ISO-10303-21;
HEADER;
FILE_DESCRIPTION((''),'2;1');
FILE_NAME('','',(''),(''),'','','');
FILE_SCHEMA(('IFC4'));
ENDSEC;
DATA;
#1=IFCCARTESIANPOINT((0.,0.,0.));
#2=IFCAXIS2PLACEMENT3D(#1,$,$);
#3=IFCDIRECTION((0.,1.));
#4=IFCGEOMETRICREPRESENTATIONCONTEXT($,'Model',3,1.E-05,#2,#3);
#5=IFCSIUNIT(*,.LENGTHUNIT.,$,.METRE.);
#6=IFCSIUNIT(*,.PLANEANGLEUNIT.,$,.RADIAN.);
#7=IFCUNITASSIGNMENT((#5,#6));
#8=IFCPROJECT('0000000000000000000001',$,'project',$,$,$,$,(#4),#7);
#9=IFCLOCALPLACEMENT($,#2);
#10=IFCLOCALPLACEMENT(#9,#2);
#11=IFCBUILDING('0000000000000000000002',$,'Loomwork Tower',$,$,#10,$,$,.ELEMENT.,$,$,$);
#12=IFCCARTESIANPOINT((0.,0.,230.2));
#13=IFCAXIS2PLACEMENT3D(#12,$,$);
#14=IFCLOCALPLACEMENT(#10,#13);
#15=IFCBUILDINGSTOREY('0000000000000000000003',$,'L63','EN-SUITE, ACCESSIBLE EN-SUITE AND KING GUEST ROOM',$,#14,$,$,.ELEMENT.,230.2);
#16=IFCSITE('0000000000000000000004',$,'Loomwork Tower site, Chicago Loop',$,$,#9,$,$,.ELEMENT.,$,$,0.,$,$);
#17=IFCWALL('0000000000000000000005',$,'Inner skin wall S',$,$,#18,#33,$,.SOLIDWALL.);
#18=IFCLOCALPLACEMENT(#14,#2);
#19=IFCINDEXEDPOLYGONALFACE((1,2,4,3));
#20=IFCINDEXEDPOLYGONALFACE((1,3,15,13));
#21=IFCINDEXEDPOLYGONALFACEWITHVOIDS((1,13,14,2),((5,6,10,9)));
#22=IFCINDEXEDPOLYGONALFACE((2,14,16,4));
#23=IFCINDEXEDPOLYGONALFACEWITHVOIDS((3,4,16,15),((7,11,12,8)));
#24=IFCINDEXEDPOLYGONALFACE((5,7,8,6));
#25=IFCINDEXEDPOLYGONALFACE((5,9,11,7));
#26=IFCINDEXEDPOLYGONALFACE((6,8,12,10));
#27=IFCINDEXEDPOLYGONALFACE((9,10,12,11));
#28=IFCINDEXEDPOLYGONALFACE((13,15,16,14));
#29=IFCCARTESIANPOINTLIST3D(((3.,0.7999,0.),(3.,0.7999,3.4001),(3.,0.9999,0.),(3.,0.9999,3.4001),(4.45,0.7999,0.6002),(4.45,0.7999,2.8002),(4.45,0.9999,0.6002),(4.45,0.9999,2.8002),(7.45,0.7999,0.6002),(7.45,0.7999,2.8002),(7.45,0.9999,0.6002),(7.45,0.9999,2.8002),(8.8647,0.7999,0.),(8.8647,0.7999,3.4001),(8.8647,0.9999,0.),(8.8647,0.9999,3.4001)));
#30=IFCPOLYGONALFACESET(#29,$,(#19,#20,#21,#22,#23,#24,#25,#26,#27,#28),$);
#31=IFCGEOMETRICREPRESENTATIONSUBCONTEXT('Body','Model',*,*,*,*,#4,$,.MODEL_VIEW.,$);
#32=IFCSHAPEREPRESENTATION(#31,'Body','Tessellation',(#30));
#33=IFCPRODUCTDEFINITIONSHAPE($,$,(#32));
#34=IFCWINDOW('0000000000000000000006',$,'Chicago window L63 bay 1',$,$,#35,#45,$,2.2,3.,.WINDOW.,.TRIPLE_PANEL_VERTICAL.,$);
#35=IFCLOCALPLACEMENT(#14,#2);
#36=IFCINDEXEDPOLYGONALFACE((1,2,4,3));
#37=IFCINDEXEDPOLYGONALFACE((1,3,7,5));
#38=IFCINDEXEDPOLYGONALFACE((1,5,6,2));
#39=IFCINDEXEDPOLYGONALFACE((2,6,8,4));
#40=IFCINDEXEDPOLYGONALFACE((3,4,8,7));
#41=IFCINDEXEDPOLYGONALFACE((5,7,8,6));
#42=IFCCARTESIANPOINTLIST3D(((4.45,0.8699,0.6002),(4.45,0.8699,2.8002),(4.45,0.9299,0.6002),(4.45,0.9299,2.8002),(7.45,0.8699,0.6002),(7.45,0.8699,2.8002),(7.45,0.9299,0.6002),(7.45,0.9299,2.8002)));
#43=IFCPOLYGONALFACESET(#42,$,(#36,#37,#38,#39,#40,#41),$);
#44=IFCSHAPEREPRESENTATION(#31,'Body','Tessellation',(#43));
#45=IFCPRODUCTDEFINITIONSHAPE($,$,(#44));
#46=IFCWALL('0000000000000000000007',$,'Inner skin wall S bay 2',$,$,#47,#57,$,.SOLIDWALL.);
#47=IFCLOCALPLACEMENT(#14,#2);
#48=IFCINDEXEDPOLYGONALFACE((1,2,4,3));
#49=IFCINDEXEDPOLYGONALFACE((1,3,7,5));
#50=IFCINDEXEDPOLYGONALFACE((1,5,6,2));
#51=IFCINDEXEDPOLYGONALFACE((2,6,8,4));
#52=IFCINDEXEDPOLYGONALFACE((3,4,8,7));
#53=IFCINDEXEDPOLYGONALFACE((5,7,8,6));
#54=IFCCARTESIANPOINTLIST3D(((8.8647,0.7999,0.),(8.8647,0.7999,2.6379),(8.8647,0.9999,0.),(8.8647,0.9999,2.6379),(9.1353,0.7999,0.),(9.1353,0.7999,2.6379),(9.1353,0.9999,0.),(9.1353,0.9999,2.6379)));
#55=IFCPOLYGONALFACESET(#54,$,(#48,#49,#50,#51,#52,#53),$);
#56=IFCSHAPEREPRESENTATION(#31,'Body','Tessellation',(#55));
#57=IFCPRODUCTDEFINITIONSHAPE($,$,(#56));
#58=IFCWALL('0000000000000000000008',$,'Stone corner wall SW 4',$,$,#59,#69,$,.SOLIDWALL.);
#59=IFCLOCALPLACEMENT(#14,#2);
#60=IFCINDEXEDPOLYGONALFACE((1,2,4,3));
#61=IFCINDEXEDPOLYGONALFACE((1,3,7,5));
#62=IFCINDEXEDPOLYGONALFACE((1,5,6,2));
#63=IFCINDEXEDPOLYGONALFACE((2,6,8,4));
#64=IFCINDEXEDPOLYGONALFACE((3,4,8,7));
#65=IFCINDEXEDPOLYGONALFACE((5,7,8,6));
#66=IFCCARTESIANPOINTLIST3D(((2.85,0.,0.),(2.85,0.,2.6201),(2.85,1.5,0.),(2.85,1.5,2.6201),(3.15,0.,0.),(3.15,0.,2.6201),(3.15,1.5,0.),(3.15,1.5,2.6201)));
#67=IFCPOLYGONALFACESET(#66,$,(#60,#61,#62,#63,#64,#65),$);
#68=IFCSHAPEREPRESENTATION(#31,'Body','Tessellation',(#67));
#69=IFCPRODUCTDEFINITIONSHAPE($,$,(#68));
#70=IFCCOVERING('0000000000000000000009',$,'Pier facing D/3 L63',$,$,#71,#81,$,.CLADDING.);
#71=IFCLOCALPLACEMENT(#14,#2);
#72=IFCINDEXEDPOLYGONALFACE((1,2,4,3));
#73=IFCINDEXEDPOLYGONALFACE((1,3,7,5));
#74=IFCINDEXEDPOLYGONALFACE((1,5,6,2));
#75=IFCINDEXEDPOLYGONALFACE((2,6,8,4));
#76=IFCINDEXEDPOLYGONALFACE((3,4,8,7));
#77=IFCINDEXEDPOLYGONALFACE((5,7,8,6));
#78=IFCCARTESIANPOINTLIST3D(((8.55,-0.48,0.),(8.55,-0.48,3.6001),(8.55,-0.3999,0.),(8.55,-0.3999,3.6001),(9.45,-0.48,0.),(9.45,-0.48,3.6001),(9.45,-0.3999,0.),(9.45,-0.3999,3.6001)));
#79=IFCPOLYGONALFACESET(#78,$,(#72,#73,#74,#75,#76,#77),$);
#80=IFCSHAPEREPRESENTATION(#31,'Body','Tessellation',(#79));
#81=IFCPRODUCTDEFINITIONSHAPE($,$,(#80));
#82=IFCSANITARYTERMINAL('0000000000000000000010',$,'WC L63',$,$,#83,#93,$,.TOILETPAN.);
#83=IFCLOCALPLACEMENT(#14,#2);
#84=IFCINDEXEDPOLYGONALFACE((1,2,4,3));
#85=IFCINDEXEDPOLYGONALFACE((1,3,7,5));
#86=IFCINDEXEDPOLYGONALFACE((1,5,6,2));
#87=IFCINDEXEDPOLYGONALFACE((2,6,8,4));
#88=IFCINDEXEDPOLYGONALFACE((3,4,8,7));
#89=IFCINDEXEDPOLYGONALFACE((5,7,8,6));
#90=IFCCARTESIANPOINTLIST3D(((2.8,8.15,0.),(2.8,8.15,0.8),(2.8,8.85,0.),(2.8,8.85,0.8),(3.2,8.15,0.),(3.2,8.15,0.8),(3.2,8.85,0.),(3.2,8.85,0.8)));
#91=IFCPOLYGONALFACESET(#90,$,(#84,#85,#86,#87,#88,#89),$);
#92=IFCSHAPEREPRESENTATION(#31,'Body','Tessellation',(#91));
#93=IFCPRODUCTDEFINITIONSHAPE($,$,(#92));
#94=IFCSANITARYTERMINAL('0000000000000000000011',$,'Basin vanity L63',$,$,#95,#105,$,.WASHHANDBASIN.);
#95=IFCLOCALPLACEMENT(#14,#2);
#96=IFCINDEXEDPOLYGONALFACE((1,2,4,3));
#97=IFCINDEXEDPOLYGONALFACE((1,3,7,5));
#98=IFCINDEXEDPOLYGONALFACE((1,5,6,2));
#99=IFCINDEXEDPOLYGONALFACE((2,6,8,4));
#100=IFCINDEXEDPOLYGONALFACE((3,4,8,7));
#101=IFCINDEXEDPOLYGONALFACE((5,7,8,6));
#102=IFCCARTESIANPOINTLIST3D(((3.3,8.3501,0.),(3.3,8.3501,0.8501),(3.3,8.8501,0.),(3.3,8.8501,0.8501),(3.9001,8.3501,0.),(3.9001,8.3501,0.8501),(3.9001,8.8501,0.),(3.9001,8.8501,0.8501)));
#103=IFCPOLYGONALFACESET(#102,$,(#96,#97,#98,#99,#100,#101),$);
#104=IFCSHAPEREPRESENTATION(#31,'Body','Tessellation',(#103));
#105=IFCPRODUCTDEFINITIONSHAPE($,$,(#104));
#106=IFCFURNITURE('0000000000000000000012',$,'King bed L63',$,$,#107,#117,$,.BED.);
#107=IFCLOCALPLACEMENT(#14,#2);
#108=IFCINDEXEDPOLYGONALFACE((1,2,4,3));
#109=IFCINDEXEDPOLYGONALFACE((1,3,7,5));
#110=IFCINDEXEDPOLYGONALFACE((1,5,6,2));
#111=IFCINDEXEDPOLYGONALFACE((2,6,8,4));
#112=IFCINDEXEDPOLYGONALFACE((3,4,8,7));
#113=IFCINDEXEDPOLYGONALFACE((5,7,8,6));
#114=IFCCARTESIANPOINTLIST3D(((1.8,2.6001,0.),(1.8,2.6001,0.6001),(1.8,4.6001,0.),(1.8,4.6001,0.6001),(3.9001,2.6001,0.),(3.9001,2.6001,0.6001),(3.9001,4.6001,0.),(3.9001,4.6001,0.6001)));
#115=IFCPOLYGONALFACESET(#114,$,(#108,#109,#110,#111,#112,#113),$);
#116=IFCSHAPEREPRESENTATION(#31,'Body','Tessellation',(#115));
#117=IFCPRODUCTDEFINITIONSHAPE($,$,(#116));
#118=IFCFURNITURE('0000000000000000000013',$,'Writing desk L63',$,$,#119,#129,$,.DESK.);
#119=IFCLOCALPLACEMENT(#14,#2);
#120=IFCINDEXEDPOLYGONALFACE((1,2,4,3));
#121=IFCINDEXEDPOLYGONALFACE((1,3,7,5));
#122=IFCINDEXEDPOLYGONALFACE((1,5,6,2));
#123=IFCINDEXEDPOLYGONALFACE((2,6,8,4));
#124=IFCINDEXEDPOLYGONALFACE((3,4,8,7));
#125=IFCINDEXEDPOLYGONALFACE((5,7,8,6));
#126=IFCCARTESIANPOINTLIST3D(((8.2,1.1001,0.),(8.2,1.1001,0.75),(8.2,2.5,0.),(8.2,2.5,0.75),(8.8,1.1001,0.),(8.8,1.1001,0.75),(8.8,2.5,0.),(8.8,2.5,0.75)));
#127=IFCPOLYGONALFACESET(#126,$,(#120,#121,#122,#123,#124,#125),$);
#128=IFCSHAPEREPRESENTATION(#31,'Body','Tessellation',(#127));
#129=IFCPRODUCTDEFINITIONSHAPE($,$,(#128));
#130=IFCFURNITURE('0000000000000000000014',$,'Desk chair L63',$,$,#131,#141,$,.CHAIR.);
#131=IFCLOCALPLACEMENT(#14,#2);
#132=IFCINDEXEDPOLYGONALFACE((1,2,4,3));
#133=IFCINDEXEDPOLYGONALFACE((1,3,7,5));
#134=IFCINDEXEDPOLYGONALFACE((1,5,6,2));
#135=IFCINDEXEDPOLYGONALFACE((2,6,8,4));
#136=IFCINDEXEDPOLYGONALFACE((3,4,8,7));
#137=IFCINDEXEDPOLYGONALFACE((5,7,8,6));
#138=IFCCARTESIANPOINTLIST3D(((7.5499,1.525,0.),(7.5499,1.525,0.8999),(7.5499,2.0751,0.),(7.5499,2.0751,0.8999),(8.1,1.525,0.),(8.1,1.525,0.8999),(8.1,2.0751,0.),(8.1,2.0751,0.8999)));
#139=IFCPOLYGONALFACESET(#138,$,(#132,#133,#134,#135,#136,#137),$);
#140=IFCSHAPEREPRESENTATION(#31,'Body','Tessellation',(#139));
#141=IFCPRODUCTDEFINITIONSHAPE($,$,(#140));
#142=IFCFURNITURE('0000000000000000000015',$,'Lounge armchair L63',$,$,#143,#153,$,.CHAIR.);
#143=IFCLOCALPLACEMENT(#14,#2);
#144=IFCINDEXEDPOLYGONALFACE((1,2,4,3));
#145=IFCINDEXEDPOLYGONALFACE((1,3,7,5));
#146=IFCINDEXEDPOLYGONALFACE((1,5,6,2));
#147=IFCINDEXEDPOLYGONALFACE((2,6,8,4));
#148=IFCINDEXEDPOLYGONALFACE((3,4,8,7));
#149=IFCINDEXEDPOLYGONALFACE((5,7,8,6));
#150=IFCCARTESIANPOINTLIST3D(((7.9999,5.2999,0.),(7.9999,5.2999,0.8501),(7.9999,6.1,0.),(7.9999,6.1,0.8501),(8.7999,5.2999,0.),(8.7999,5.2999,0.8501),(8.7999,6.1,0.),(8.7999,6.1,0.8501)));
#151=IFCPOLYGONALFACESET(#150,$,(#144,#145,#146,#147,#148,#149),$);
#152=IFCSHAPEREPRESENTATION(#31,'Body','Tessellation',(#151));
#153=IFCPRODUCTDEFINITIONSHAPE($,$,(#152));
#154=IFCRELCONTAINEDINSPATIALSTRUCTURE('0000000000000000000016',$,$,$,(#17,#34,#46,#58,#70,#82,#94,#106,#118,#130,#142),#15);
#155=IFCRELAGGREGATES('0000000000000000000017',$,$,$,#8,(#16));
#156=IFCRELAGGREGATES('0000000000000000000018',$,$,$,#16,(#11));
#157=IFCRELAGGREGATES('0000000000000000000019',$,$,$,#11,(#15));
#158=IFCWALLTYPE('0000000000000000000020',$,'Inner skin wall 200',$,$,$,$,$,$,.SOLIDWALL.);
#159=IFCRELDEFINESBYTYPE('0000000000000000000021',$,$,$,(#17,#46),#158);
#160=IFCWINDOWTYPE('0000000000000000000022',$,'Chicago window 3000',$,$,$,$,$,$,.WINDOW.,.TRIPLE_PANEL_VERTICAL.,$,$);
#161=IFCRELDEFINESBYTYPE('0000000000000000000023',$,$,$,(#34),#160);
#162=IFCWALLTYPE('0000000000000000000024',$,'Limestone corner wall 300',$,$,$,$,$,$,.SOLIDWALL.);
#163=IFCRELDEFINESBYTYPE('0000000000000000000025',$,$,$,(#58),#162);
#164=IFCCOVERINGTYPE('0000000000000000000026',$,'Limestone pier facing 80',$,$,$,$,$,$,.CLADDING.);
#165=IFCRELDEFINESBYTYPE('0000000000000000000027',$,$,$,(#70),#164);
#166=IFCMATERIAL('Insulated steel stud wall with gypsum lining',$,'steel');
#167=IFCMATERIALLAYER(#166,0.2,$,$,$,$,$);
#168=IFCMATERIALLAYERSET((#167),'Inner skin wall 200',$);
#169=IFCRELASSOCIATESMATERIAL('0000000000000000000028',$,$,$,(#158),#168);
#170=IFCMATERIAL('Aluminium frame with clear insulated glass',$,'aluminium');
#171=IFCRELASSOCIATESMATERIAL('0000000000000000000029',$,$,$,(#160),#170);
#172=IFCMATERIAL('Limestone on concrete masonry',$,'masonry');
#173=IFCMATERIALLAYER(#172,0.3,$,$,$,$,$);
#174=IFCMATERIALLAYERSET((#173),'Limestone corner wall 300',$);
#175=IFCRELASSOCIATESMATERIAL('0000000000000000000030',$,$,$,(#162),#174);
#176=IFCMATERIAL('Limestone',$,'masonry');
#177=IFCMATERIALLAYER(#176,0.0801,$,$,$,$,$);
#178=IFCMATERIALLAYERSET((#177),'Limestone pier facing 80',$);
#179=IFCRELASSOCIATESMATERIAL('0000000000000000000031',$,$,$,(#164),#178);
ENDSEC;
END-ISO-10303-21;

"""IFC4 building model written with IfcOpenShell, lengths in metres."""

from ifc_helpers import new_model, si_unit, direction, frame, frame_2d, origin, origin_2d, place, context, subcontext, project, spatial, rectangle, extrude, material, layer, layer_set, type_object, element, fill, save


model = new_model("IFC4")

# Units and contexts
model_context = context("Model", 3, precision=1e-05, world=origin(), true_north=direction((0.0, 1.0)))
body_context = subcontext(model_context, "Body", "Model", "MODEL_VIEW")
ifc_project = project(units=[si_unit("LENGTHUNIT", "METRE"), si_unit("PLANEANGLEUNIT", "RADIAN")], contexts=[model_context])

# Site, building, storey
site_placement = place(None, origin())
site = spatial("IfcSite", under=ifc_project, at=site_placement, Name="Loomwork Tower site, Chicago Loop", CompositionType="ELEMENT", RefElevation=0.0)
building_placement = place(site_placement, origin())
building = spatial("IfcBuilding", under=site, at=building_placement, Name="Loomwork Tower", CompositionType="ELEMENT")
storey_placement = place(building_placement, frame((0.0, 0.0, 230.2)))
storey = spatial("IfcBuildingStorey", under=building, at=storey_placement, Name="L63", Description="EN-SUITE, ACCESSIBLE EN-SUITE AND KING GUEST ROOM", CompositionType="ELEMENT", Elevation=230.2)

# Wall, opening, window
ifc_material_1 = material(Name="Insulated steel stud wall with gypsum lining", Category="steel")
ifc_layer_1 = layer(ifc_material_1, 0.2)
ifc_layer_set_1 = layer_set([ifc_layer_1], Name="Inner skin wall 200")
wall_type_1 = type_object("IfcWallType", Name="Inner skin wall 200", PredefinedType="SOLIDWALL", material=ifc_layer_set_1)
wall_1_placement = place(storey_placement, frame((3.0, 0.8999, 0.0), z_axis=(0.0, 0.0, 1.0), x_axis=(1.0, 0.0, 0.0)))
wall_1 = element("IfcWall", 1, at=wall_1_placement, inside=storey, type_object=wall_type_1, Name="Inner skin wall S", PredefinedType="SOLIDWALL", context=body_context, shape_type="SweptSolid", body=[
    extrude(rectangle(XDim=5.8647, YDim=0.2, at=frame_2d((2.9324, 0.0))), origin(), (0.0, 0.0, 1.0), 3.4001),
])
opening_1_placement = place(wall_1_placement, frame((1.45, 0.0, 0.6001)))
opening_1 = element("IfcOpeningElement", 2, at=opening_1_placement, cuts=wall_1, PredefinedType="OPENING", context=body_context, shape_type="SweptSolid", body=[
    extrude(rectangle(XDim=3.0, YDim=2.2, at=frame_2d((1.5, 1.1001))), frame((0.0, 0.1099, 0.0), z_axis=(0.0, -1.0, 0.0), x_axis=(1.0, 0.0, 0.0)), (0.0, 0.0, 1.0), 0.22),
])
ifc_material_2 = material(Name="Aluminium frame with clear insulated glass", Category="aluminium")
window_type = type_object("IfcWindowType", Name="Chicago window 3000", PartitioningType="TRIPLE_PANEL_VERTICAL", PredefinedType="WINDOW", material=ifc_material_2)
window_placement = place(opening_1_placement, origin())
window = element("IfcWindow", 3, at=window_placement, inside=storey, type_object=window_type, Name="Chicago window L63 bay 1", OverallHeight=2.2, OverallWidth=3.0, PartitioningType="TRIPLE_PANEL_VERTICAL", PredefinedType="WINDOW", context=body_context, shape_type="SweptSolid", body=[
    extrude(rectangle(XDim=3.0, YDim=2.2, at=frame_2d((1.5, 1.1001))), frame((0.0, 0.03, 0.0), z_axis=(0.0, -1.0, 0.0), x_axis=(1.0, 0.0, 0.0)), (0.0, 0.0, 1.0), 0.0601),
])
fill(opening_1, window)

# Walls
wall_2_placement = place(storey_placement, frame((8.8647, 0.8999, 0.0), z_axis=(0.0, 0.0, 1.0), x_axis=(1.0, 0.0, 0.0)))
element("IfcWall", 4, at=wall_2_placement, inside=storey, type_object=wall_type_1, Name="Inner skin wall S bay 2", PredefinedType="SOLIDWALL", context=body_context, shape_type="SweptSolid", body=[
    extrude(rectangle(XDim=0.2705, YDim=0.2, at=frame_2d((0.1353, 0.0))), origin(), (0.0, 0.0, 1.0), 2.6379),
])
ifc_material_3 = material(Name="Limestone on concrete masonry", Category="masonry")
ifc_layer_2 = layer(ifc_material_3, 0.3)
ifc_layer_set_2 = layer_set([ifc_layer_2], Name="Limestone corner wall 300")
wall_type_2 = type_object("IfcWallType", Name="Limestone corner wall 300", PredefinedType="SOLIDWALL", material=ifc_layer_set_2)
wall_3_placement = place(storey_placement, frame((3.0, 1.5, 0.0), z_axis=(0.0, 0.0, 1.0), x_axis=(0.0, -1.0, 0.0)))
element("IfcWall", 5, at=wall_3_placement, inside=storey, type_object=wall_type_2, Name="Stone corner wall SW 4", PredefinedType="SOLIDWALL", context=body_context, shape_type="SweptSolid", body=[
    extrude(rectangle(XDim=1.5, YDim=0.3, at=frame_2d((0.75, 0.0))), origin(), (0.0, 0.0, 1.0), 2.6201),
])

# Covering
ifc_material_4 = material(Name="Limestone", Category="masonry")
ifc_layer_3 = layer(ifc_material_4, 0.0801)
ifc_layer_set_3 = layer_set([ifc_layer_3], Name="Limestone pier facing 80")
covering_type = type_object("IfcCoveringType", Name="Limestone pier facing 80", PredefinedType="CLADDING", material=ifc_layer_set_3)
covering_placement = place(storey_placement, frame((9.0, -0.4399, 0.0), z_axis=(0.0, 0.0, 1.0), x_axis=(1.0, 0.0, 0.0)))
element("IfcCovering", 6, at=covering_placement, inside=storey, type_object=covering_type, Name="Pier facing D/3 L63", PredefinedType="CLADDING", context=body_context, shape_type="SweptSolid", body=[
    extrude(rectangle(XDim=0.8999, YDim=0.0801, at=origin_2d()), origin(), (0.0, 0.0, 1.0), 3.6001),
])

# Sanitary terminals
sanitary_terminal_1_placement = place(storey_placement, frame((3.0, 8.5, 0.0), z_axis=(0.0, 0.0, 1.0), x_axis=(1.0, 0.0, 0.0)))
element("IfcSanitaryTerminal", 7, at=sanitary_terminal_1_placement, inside=storey, Name="WC L63", PredefinedType="TOILETPAN", context=body_context, shape_type="SweptSolid", body=[
    extrude(rectangle(XDim=0.3999, YDim=0.7, at=origin_2d()), origin(), (0.0, 0.0, 1.0), 0.8),
])
sanitary_terminal_2_placement = place(storey_placement, frame((3.6001, 8.6001, 0.0), z_axis=(0.0, 0.0, 1.0), x_axis=(1.0, 0.0, 0.0)))
element("IfcSanitaryTerminal", 8, at=sanitary_terminal_2_placement, inside=storey, Name="Basin vanity L63", PredefinedType="WASHHANDBASIN", context=body_context, shape_type="SweptSolid", body=[
    extrude(rectangle(XDim=0.6001, YDim=0.5, at=origin_2d()), origin(), (0.0, 0.0, 1.0), 0.8501),
])

# Furniture
furniture_1_placement = place(storey_placement, frame((2.8501, 3.6001, 0.0), z_axis=(0.0, 0.0, 1.0), x_axis=(1.0, 0.0, 0.0)))
element("IfcFurniture", 9, at=furniture_1_placement, inside=storey, Name="King bed L63", PredefinedType="BED", context=body_context, shape_type="SweptSolid", body=[
    extrude(rectangle(XDim=2.1001, YDim=2.0, at=origin_2d()), origin(), (0.0, 0.0, 1.0), 0.6001),
])
furniture_2_placement = place(storey_placement, frame((8.5, 1.8, 0.0), z_axis=(0.0, 0.0, 1.0), x_axis=(1.0, 0.0, 0.0)))
element("IfcFurniture", 10, at=furniture_2_placement, inside=storey, Name="Writing desk L63", PredefinedType="DESK", context=body_context, shape_type="SweptSolid", body=[
    extrude(rectangle(XDim=0.6001, YDim=1.3999, at=origin_2d()), origin(), (0.0, 0.0, 1.0), 0.75),
])
furniture_3_placement = place(storey_placement, frame((7.825, 1.8, 0.0), z_axis=(0.0, 0.0, 1.0), x_axis=(1.0, 0.0, 0.0)))
element("IfcFurniture", 11, at=furniture_3_placement, inside=storey, Name="Desk chair L63", PredefinedType="CHAIR", context=body_context, shape_type="SweptSolid", body=[
    extrude(rectangle(XDim=0.55, YDim=0.55, at=origin_2d()), origin(), (0.0, 0.0, 1.0), 0.8999),
])
furniture_4_placement = place(storey_placement, frame((8.3999, 5.7, 0.0), z_axis=(0.0, 0.0, 1.0), x_axis=(1.0, 0.0, 0.0)))
element("IfcFurniture", 12, at=furniture_4_placement, inside=storey, Name="Lounge armchair L63", PredefinedType="CHAIR", context=body_context, shape_type="SweptSolid", body=[
    extrude(rectangle(XDim=0.8, YDim=0.8, at=origin_2d()), origin(), (0.0, 0.0, 1.0), 0.8501),
])

save(model, "model.ifc")
